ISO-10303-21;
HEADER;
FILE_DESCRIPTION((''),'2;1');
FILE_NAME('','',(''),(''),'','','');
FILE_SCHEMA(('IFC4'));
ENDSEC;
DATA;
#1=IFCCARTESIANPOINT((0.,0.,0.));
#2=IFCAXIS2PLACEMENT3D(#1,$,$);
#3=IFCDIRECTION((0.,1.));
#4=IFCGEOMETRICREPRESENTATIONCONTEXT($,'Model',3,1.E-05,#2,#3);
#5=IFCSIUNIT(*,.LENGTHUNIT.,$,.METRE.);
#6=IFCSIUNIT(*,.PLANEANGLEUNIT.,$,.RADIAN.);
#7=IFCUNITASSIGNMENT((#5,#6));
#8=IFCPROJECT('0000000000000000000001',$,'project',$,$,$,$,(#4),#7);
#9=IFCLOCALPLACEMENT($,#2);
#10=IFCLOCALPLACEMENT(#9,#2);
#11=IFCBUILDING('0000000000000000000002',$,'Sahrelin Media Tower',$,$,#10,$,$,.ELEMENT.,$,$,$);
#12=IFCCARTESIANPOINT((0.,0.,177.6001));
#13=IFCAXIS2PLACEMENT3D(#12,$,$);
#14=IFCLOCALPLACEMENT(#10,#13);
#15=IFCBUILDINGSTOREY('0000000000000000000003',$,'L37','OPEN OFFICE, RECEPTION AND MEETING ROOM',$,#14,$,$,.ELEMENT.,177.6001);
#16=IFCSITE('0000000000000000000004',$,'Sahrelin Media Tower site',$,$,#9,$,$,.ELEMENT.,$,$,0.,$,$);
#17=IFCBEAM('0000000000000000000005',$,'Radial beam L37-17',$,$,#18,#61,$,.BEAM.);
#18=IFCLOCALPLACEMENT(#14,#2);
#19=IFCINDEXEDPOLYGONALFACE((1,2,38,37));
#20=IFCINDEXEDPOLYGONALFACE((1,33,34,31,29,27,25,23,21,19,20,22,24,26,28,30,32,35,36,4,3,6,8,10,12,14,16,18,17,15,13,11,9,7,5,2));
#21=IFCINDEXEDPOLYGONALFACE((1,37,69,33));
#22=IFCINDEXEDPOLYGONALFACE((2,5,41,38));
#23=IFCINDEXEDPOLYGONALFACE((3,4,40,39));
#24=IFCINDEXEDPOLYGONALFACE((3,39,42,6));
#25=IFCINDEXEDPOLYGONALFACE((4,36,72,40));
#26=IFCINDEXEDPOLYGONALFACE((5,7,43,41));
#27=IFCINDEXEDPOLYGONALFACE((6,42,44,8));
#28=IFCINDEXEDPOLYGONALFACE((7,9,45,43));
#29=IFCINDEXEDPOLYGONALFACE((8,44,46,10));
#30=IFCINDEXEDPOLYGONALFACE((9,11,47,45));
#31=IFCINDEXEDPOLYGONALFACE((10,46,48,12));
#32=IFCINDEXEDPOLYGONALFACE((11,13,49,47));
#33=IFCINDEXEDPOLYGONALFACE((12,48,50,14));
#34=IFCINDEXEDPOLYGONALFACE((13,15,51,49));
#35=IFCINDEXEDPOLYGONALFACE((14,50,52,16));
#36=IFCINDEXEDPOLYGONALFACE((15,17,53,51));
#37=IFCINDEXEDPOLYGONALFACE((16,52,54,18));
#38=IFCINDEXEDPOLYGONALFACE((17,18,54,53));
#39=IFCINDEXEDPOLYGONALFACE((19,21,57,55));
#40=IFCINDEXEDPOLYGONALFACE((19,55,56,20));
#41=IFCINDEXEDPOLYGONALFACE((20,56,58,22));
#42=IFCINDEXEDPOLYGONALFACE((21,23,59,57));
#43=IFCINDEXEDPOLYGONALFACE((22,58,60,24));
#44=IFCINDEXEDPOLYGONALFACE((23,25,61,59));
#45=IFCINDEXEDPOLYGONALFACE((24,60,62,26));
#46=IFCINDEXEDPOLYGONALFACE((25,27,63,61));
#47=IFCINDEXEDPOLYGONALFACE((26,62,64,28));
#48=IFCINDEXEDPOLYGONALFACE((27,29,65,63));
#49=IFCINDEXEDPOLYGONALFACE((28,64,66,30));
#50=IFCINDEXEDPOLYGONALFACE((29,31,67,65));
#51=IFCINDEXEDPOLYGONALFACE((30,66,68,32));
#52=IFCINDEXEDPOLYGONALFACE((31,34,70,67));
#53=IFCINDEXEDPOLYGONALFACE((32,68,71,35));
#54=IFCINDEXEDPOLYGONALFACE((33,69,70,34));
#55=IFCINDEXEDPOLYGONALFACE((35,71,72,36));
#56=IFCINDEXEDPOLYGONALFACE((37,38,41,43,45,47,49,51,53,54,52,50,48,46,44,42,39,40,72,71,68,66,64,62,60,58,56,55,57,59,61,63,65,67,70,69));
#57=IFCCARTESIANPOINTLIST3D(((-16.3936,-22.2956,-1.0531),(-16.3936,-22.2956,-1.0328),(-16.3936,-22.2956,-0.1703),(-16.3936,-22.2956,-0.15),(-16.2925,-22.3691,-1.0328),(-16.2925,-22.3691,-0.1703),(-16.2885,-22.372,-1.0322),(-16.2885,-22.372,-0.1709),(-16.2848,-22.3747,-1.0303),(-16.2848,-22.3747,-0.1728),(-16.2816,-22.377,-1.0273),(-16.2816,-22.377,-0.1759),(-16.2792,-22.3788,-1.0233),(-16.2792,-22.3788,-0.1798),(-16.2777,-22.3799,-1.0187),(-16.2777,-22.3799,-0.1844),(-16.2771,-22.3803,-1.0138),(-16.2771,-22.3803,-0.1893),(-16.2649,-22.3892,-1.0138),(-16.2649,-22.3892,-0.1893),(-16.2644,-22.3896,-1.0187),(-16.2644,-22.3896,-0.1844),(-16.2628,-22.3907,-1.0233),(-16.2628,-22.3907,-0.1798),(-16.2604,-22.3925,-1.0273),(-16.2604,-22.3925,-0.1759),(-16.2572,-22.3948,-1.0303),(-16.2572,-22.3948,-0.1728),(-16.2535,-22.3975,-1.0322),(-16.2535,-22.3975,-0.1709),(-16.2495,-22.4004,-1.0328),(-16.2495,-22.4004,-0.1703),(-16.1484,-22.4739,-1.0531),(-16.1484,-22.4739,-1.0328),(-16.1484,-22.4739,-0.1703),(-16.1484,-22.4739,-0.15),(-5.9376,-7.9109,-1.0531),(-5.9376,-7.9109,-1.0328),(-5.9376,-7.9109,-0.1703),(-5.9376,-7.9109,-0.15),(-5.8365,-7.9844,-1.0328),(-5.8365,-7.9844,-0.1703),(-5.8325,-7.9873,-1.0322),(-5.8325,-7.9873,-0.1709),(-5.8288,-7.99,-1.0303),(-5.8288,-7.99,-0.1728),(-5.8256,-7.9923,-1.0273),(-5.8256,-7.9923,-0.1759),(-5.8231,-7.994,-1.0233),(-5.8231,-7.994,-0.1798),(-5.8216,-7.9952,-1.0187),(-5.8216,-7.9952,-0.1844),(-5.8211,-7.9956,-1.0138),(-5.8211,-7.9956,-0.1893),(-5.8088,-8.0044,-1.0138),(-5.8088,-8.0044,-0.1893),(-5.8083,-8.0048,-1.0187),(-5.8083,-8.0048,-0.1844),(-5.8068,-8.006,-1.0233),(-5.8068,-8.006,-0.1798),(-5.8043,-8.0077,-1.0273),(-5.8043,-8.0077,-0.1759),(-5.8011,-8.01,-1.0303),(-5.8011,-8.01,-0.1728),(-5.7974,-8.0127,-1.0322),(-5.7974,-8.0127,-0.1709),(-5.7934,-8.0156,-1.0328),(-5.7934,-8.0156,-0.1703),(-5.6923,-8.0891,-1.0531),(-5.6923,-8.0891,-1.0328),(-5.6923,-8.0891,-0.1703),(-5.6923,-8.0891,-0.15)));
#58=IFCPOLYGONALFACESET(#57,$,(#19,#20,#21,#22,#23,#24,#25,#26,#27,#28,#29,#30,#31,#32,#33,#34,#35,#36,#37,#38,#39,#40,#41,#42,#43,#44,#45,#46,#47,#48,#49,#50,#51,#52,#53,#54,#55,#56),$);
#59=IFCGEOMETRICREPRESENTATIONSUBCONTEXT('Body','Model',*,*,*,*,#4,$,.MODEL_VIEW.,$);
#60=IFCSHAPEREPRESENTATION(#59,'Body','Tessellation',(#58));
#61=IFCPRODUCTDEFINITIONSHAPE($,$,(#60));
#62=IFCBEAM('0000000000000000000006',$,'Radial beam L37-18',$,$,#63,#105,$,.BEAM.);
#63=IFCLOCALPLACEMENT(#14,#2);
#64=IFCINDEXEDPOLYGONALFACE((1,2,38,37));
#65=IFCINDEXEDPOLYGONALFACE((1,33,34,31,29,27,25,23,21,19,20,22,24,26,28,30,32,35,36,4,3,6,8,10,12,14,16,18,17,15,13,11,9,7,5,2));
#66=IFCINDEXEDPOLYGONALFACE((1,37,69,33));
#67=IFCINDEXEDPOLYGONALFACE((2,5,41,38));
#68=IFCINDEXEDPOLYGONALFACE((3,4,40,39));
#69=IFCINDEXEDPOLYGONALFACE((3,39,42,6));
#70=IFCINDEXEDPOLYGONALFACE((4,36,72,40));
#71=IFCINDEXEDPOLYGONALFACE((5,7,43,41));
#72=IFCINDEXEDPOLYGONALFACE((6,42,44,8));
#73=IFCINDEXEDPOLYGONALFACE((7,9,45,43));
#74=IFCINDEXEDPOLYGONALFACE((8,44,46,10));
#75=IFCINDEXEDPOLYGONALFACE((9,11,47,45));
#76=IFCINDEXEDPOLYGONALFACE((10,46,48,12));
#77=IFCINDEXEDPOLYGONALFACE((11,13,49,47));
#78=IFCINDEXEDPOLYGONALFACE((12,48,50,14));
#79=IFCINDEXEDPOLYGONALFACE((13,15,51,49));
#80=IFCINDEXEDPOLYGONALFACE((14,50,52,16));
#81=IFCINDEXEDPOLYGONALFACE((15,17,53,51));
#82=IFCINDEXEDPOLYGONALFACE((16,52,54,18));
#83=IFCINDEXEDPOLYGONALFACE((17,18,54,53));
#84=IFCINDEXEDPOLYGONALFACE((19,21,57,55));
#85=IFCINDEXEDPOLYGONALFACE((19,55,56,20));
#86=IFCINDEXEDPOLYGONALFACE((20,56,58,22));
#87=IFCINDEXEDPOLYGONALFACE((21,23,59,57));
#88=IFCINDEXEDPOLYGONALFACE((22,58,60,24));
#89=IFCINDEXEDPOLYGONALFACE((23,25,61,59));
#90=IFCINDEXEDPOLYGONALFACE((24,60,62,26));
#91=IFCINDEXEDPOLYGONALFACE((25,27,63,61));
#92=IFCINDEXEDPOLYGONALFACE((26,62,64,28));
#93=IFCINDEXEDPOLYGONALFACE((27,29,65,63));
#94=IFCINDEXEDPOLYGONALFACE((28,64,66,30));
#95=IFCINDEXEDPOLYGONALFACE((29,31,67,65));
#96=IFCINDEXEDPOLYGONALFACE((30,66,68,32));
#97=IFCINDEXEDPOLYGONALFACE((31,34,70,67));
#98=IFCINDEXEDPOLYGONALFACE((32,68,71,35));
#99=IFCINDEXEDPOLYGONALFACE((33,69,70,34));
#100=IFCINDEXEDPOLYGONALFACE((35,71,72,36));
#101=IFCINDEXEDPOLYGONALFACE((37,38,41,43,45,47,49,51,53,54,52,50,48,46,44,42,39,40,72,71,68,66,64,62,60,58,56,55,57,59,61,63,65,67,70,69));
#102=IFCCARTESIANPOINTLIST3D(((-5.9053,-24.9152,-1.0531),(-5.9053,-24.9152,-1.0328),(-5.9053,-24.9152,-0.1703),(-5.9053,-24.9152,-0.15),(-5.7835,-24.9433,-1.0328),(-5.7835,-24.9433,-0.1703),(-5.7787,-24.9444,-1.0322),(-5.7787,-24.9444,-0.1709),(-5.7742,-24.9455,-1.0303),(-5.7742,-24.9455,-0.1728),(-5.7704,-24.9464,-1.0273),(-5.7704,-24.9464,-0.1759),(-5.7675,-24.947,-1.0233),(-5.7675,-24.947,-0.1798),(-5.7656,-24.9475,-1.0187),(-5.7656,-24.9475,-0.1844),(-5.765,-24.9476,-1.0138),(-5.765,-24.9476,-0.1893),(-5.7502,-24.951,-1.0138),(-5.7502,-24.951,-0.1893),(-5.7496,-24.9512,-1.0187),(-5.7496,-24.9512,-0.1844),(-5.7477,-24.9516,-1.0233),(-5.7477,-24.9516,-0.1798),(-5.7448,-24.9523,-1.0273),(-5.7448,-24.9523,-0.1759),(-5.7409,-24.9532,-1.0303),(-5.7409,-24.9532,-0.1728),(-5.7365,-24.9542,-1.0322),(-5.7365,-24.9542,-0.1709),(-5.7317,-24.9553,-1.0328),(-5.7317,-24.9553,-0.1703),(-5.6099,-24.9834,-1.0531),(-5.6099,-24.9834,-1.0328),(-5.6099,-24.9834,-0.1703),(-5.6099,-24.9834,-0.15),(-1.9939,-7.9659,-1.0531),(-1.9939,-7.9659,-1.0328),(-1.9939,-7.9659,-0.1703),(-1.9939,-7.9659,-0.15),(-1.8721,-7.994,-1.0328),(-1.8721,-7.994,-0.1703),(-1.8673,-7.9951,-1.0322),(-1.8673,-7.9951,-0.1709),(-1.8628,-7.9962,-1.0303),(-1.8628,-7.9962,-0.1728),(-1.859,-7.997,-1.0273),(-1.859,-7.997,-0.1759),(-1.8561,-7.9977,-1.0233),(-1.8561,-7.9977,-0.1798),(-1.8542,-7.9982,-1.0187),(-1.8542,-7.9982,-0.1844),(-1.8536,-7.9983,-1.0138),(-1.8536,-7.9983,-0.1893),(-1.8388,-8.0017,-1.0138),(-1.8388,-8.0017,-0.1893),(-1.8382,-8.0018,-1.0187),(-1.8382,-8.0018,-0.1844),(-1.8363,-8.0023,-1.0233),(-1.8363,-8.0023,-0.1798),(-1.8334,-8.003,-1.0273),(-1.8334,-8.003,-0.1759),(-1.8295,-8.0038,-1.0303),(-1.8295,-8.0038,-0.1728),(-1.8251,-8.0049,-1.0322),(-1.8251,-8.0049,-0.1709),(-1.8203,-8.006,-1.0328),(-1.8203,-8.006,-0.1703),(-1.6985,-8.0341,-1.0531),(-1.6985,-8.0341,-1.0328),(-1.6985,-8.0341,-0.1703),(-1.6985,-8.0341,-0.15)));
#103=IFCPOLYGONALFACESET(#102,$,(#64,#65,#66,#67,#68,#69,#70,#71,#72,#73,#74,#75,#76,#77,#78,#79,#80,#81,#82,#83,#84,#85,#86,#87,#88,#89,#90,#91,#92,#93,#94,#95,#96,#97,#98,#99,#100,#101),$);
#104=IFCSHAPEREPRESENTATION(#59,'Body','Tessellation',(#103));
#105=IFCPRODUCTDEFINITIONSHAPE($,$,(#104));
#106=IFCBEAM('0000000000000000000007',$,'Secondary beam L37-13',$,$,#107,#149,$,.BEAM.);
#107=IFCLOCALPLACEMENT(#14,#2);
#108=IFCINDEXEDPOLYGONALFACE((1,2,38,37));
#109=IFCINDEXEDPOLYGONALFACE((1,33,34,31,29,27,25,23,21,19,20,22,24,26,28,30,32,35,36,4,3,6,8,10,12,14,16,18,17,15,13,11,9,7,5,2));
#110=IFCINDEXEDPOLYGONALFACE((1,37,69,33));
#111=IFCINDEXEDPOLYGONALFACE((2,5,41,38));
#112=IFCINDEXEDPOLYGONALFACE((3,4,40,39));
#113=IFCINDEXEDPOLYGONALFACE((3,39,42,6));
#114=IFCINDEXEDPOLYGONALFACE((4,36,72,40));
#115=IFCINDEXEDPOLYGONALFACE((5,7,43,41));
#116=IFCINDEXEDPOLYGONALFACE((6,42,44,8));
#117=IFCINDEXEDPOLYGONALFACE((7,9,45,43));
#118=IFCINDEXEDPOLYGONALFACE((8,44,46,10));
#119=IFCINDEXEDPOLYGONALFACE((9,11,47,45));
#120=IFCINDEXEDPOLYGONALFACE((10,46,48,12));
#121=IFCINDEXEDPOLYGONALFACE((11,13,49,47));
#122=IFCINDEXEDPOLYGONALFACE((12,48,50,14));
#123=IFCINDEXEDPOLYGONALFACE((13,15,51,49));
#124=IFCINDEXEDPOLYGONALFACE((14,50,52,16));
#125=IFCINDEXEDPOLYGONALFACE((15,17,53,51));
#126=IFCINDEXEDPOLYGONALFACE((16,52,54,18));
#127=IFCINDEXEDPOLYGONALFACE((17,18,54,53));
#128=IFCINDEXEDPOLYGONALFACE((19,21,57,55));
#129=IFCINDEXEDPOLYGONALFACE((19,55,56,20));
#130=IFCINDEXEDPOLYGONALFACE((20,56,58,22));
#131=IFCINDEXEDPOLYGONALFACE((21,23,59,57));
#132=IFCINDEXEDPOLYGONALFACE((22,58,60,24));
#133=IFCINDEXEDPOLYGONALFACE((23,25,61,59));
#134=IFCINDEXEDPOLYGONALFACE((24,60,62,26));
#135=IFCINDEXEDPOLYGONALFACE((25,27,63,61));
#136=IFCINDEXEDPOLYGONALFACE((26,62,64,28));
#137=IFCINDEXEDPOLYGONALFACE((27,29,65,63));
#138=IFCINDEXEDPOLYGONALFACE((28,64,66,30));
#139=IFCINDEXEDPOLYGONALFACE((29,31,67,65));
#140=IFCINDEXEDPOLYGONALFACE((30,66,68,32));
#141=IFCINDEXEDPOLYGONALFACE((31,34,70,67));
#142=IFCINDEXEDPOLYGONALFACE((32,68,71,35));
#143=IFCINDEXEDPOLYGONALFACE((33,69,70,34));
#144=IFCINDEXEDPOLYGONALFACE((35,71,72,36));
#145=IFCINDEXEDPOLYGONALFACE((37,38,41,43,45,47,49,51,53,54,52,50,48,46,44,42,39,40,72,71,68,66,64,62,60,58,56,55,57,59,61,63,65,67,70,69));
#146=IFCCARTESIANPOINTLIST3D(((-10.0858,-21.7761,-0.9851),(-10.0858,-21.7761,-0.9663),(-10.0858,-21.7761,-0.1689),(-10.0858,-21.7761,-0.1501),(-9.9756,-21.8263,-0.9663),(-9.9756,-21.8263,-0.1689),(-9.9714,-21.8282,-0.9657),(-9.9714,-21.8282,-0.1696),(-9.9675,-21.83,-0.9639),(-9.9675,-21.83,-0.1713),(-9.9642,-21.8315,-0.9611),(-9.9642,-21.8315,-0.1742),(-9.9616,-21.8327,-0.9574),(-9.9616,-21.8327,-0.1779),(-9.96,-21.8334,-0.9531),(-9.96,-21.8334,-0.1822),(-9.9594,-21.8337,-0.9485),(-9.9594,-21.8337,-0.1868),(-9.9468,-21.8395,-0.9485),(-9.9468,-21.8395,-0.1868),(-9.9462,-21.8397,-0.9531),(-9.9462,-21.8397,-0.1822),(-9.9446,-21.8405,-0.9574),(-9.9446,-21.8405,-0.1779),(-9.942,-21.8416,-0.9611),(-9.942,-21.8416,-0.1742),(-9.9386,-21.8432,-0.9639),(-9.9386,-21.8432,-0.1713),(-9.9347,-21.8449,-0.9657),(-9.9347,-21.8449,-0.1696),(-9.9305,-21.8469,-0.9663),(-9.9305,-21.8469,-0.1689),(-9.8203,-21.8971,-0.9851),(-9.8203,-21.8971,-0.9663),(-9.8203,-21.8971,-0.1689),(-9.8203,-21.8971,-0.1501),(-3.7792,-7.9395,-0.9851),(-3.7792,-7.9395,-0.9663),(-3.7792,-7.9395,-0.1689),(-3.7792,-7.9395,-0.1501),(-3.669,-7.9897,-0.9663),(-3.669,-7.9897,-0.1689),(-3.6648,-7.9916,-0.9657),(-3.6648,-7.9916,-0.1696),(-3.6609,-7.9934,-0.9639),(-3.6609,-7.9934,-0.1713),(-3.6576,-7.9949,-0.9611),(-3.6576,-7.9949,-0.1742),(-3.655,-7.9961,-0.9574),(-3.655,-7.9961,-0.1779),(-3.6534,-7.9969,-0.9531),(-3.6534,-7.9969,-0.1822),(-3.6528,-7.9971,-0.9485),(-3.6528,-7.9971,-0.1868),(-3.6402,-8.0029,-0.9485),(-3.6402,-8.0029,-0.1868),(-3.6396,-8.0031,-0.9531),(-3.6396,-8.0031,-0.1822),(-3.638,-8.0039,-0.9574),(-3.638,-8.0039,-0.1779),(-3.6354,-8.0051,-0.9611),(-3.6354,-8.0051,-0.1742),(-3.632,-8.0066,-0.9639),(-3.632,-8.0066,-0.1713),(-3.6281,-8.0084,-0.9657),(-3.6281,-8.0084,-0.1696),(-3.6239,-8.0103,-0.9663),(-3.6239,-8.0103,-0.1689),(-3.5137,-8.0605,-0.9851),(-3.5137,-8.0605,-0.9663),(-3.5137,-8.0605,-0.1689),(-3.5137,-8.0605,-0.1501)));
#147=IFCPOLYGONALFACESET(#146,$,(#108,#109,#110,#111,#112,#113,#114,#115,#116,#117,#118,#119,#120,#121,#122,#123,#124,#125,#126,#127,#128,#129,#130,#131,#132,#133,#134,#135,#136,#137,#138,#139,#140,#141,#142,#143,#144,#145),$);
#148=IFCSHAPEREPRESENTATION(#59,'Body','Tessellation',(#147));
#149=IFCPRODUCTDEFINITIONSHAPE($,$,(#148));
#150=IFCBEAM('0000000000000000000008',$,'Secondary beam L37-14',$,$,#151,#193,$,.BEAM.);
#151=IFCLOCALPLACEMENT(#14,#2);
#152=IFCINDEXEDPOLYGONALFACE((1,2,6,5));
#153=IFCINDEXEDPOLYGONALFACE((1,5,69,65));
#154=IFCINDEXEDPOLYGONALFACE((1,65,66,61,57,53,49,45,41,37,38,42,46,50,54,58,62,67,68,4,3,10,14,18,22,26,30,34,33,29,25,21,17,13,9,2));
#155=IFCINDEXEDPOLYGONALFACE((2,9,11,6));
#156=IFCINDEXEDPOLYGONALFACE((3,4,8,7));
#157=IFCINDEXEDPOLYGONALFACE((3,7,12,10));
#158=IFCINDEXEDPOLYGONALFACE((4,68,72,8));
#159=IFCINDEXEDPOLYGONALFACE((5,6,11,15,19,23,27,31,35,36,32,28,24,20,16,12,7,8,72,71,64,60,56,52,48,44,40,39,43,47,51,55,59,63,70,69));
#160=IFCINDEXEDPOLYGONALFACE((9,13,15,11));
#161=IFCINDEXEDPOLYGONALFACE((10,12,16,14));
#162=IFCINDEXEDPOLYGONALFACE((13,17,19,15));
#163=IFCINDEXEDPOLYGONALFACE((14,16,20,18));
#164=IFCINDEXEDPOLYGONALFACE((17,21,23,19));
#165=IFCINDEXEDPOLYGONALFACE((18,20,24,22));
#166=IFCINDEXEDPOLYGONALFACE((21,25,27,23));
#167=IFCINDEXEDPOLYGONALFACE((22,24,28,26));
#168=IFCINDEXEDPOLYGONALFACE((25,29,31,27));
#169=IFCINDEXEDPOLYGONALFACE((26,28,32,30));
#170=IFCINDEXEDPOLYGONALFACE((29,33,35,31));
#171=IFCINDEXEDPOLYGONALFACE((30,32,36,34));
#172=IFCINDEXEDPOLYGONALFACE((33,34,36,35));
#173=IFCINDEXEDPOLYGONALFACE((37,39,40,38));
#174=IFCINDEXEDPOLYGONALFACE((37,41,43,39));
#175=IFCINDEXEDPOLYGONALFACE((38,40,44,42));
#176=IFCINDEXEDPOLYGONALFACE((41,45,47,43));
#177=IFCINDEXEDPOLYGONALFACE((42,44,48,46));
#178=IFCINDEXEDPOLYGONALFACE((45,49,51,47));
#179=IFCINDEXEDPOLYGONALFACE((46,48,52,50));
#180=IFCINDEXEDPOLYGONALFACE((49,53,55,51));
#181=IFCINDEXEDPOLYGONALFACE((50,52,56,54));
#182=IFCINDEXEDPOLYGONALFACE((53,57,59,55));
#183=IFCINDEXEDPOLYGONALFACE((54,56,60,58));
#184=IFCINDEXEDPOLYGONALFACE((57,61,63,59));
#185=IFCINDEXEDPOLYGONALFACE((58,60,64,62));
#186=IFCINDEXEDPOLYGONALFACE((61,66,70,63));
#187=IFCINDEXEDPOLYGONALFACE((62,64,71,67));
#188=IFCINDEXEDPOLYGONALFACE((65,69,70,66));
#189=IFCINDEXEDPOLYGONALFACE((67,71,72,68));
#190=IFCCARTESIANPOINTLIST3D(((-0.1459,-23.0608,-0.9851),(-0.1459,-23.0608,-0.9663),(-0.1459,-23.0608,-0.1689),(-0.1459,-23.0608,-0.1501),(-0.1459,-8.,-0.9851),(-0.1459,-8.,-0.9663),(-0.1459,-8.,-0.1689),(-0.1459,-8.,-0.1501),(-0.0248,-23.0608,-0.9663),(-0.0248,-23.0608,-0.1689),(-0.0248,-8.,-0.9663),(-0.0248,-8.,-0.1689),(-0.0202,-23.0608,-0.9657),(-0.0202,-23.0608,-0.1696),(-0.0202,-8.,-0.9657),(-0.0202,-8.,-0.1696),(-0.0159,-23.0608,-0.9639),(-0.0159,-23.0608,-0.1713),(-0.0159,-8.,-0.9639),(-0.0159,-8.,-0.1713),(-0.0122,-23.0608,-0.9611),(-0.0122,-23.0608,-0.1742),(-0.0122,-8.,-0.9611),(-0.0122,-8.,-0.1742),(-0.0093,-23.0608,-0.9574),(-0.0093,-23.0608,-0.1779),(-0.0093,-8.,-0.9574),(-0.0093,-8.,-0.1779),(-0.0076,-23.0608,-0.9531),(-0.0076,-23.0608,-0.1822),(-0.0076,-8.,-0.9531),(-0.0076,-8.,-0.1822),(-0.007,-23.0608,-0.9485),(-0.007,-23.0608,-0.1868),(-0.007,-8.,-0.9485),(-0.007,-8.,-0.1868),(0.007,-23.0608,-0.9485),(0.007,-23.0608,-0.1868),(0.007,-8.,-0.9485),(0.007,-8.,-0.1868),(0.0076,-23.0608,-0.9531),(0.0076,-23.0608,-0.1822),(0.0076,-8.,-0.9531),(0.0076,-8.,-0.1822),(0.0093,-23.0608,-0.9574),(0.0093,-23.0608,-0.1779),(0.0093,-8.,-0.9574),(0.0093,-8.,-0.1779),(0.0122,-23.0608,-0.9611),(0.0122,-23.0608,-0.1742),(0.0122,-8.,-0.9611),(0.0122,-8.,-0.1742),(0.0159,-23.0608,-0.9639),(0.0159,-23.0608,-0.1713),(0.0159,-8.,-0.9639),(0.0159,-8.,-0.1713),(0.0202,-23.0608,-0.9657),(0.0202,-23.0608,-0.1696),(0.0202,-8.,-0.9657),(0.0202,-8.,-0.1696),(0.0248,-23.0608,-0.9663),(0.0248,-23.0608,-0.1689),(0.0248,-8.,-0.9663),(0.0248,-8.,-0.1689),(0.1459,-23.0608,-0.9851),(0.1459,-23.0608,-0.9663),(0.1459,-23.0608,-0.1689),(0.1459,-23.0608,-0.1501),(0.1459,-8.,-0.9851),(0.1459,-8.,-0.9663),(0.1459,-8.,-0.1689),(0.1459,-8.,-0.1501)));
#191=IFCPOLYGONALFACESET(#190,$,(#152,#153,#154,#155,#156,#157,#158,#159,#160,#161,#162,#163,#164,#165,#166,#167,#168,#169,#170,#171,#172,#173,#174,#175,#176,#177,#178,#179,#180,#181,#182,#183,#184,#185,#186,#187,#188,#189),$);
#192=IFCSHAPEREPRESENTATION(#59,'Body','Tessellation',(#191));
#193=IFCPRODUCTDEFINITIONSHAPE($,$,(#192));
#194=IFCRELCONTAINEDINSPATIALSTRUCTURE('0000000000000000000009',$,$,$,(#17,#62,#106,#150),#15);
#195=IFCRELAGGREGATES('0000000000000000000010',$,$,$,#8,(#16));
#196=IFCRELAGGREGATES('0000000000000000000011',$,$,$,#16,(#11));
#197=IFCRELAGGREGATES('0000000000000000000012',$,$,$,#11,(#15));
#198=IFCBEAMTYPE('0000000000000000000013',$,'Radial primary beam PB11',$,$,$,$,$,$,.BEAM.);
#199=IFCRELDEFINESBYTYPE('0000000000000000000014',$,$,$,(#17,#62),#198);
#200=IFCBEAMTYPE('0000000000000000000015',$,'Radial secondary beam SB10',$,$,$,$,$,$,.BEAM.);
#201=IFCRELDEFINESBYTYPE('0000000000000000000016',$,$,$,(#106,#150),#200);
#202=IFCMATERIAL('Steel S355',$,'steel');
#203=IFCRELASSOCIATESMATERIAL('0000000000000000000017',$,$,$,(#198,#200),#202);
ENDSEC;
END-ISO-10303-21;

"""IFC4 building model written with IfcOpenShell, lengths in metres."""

from ifc_helpers import new_model, si_unit, direction, frame, origin, origin_2d, place, context, subcontext, project, spatial, i_section, extrude, material, material_profile, profile_set, type_object, element, save


model = new_model("IFC4")

# Units and contexts
model_context = context("Model", 3, precision=1e-05, world=origin(), true_north=direction((0.0, 1.0)))
body_context = subcontext(model_context, "Body", "Model", "MODEL_VIEW")
ifc_project = project(units=[si_unit("LENGTHUNIT", "METRE"), si_unit("PLANEANGLEUNIT", "RADIAN")], contexts=[model_context])

# Site, building, storey
site_placement = place(None, origin())
site = spatial("IfcSite", under=ifc_project, at=site_placement, Name="Sahrelin Media Tower site", CompositionType="ELEMENT", RefElevation=0.0)
building_placement = place(site_placement, origin())
building = spatial("IfcBuilding", under=site, at=building_placement, Name="Sahrelin Media Tower", CompositionType="ELEMENT")
storey_placement = place(building_placement, frame((0.0, 0.0, 177.6001)))
storey = spatial("IfcBuildingStorey", under=building, at=storey_placement, Name="L37", Description="OPEN OFFICE, RECEPTION AND MEETING ROOM", CompositionType="ELEMENT", Elevation=177.6001)

# Beams
ifc_material_1 = material(Name="Steel S355", Category="steel")
ifc_material_profile_1 = material_profile(ifc_material_1, i_section(OverallWidth=0.3032, OverallDepth=0.9031, WebThickness=0.0151, FlangeThickness=0.0203, FilletRadius=0.019, at=origin_2d()), Name="UB 914x305x201")
ifc_profile_set_1 = profile_set([ifc_material_profile_1], Name="Steel S355")
beam_type_1 = type_object("IfcBeamType", Name="Radial primary beam PB11", PredefinedType="BEAM", material=ifc_profile_set_1)
beam_1_placement = place(storey_placement, frame((-5.8149, -8.0, -0.6016), z_axis=(-0.587966, -0.808886, 0.0), x_axis=(0.808886, -0.587966, 0.0)))
element("IfcBeam", 1, at=beam_1_placement, inside=storey, type_object=beam_type_1, Name="Radial beam L37-17", PredefinedType="BEAM", context=body_context, shape_type="SweptSolid", body=[
    extrude(i_section(OverallWidth=0.3032, OverallDepth=0.9031, WebThickness=0.0151, FlangeThickness=0.0203, FilletRadius=0.019, at=origin_2d()), origin(), (0.0, 0.0, 1.0), 17.7834),
])
beam_2_placement = place(storey_placement, frame((-1.8462, -8.0, -0.6016), z_axis=(-0.224861, -0.974391, 0.0), x_axis=(0.974391, -0.224861, 0.0)))
element("IfcBeam", 2, at=beam_2_placement, inside=storey, type_object=beam_type_1, Name="Radial beam L37-18", PredefinedType="BEAM", context=body_context, shape_type="SweptSolid", body=[
    extrude(i_section(OverallWidth=0.3032, OverallDepth=0.9031, WebThickness=0.0151, FlangeThickness=0.0203, FilletRadius=0.019, at=origin_2d()), origin(), (0.0, 0.0, 1.0), 17.3948),
])
ifc_material_profile_2 = material_profile(ifc_material_1, i_section(OverallWidth=0.2917, OverallDepth=0.835, WebThickness=0.0139, FlangeThickness=0.0188, FilletRadius=0.0178, at=origin_2d()), Name="UB 838x292x176")
ifc_profile_set_2 = profile_set([ifc_material_profile_2], Name="Steel S355")
beam_type_2 = type_object("IfcBeamType", Name="Radial secondary beam SB10", PredefinedType="BEAM", material=ifc_profile_set_2)
beam_3_placement = place(storey_placement, frame((-3.6465, -8.0, -0.5676), z_axis=(-0.414743, -0.909939, 0.0), x_axis=(0.909939, -0.414743, 0.0)))
element("IfcBeam", 3, at=beam_3_placement, inside=storey, type_object=beam_type_2, Name="Secondary beam L37-13", PredefinedType="BEAM", context=body_context, shape_type="SweptSolid", body=[
    extrude(i_section(OverallWidth=0.2917, OverallDepth=0.835, WebThickness=0.0139, FlangeThickness=0.0188, FilletRadius=0.0178, at=origin_2d()), origin(), (0.0, 0.0, 1.0), 15.2061),
])
beam_4_placement = place(storey_placement, frame((0.0, -8.0, -0.5676), z_axis=(0.0, -1.0, 0.0), x_axis=(1.0, 0.0, 0.0)))
element("IfcBeam", 4, at=beam_4_placement, inside=storey, type_object=beam_type_2, Name="Secondary beam L37-14", PredefinedType="BEAM", context=body_context, shape_type="SweptSolid", body=[
    extrude(i_section(OverallWidth=0.2917, OverallDepth=0.835, WebThickness=0.0139, FlangeThickness=0.0188, FilletRadius=0.0178, at=origin_2d()), origin(), (0.0, 0.0, 1.0), 15.0608),
])

save(model, "model.ifc")
